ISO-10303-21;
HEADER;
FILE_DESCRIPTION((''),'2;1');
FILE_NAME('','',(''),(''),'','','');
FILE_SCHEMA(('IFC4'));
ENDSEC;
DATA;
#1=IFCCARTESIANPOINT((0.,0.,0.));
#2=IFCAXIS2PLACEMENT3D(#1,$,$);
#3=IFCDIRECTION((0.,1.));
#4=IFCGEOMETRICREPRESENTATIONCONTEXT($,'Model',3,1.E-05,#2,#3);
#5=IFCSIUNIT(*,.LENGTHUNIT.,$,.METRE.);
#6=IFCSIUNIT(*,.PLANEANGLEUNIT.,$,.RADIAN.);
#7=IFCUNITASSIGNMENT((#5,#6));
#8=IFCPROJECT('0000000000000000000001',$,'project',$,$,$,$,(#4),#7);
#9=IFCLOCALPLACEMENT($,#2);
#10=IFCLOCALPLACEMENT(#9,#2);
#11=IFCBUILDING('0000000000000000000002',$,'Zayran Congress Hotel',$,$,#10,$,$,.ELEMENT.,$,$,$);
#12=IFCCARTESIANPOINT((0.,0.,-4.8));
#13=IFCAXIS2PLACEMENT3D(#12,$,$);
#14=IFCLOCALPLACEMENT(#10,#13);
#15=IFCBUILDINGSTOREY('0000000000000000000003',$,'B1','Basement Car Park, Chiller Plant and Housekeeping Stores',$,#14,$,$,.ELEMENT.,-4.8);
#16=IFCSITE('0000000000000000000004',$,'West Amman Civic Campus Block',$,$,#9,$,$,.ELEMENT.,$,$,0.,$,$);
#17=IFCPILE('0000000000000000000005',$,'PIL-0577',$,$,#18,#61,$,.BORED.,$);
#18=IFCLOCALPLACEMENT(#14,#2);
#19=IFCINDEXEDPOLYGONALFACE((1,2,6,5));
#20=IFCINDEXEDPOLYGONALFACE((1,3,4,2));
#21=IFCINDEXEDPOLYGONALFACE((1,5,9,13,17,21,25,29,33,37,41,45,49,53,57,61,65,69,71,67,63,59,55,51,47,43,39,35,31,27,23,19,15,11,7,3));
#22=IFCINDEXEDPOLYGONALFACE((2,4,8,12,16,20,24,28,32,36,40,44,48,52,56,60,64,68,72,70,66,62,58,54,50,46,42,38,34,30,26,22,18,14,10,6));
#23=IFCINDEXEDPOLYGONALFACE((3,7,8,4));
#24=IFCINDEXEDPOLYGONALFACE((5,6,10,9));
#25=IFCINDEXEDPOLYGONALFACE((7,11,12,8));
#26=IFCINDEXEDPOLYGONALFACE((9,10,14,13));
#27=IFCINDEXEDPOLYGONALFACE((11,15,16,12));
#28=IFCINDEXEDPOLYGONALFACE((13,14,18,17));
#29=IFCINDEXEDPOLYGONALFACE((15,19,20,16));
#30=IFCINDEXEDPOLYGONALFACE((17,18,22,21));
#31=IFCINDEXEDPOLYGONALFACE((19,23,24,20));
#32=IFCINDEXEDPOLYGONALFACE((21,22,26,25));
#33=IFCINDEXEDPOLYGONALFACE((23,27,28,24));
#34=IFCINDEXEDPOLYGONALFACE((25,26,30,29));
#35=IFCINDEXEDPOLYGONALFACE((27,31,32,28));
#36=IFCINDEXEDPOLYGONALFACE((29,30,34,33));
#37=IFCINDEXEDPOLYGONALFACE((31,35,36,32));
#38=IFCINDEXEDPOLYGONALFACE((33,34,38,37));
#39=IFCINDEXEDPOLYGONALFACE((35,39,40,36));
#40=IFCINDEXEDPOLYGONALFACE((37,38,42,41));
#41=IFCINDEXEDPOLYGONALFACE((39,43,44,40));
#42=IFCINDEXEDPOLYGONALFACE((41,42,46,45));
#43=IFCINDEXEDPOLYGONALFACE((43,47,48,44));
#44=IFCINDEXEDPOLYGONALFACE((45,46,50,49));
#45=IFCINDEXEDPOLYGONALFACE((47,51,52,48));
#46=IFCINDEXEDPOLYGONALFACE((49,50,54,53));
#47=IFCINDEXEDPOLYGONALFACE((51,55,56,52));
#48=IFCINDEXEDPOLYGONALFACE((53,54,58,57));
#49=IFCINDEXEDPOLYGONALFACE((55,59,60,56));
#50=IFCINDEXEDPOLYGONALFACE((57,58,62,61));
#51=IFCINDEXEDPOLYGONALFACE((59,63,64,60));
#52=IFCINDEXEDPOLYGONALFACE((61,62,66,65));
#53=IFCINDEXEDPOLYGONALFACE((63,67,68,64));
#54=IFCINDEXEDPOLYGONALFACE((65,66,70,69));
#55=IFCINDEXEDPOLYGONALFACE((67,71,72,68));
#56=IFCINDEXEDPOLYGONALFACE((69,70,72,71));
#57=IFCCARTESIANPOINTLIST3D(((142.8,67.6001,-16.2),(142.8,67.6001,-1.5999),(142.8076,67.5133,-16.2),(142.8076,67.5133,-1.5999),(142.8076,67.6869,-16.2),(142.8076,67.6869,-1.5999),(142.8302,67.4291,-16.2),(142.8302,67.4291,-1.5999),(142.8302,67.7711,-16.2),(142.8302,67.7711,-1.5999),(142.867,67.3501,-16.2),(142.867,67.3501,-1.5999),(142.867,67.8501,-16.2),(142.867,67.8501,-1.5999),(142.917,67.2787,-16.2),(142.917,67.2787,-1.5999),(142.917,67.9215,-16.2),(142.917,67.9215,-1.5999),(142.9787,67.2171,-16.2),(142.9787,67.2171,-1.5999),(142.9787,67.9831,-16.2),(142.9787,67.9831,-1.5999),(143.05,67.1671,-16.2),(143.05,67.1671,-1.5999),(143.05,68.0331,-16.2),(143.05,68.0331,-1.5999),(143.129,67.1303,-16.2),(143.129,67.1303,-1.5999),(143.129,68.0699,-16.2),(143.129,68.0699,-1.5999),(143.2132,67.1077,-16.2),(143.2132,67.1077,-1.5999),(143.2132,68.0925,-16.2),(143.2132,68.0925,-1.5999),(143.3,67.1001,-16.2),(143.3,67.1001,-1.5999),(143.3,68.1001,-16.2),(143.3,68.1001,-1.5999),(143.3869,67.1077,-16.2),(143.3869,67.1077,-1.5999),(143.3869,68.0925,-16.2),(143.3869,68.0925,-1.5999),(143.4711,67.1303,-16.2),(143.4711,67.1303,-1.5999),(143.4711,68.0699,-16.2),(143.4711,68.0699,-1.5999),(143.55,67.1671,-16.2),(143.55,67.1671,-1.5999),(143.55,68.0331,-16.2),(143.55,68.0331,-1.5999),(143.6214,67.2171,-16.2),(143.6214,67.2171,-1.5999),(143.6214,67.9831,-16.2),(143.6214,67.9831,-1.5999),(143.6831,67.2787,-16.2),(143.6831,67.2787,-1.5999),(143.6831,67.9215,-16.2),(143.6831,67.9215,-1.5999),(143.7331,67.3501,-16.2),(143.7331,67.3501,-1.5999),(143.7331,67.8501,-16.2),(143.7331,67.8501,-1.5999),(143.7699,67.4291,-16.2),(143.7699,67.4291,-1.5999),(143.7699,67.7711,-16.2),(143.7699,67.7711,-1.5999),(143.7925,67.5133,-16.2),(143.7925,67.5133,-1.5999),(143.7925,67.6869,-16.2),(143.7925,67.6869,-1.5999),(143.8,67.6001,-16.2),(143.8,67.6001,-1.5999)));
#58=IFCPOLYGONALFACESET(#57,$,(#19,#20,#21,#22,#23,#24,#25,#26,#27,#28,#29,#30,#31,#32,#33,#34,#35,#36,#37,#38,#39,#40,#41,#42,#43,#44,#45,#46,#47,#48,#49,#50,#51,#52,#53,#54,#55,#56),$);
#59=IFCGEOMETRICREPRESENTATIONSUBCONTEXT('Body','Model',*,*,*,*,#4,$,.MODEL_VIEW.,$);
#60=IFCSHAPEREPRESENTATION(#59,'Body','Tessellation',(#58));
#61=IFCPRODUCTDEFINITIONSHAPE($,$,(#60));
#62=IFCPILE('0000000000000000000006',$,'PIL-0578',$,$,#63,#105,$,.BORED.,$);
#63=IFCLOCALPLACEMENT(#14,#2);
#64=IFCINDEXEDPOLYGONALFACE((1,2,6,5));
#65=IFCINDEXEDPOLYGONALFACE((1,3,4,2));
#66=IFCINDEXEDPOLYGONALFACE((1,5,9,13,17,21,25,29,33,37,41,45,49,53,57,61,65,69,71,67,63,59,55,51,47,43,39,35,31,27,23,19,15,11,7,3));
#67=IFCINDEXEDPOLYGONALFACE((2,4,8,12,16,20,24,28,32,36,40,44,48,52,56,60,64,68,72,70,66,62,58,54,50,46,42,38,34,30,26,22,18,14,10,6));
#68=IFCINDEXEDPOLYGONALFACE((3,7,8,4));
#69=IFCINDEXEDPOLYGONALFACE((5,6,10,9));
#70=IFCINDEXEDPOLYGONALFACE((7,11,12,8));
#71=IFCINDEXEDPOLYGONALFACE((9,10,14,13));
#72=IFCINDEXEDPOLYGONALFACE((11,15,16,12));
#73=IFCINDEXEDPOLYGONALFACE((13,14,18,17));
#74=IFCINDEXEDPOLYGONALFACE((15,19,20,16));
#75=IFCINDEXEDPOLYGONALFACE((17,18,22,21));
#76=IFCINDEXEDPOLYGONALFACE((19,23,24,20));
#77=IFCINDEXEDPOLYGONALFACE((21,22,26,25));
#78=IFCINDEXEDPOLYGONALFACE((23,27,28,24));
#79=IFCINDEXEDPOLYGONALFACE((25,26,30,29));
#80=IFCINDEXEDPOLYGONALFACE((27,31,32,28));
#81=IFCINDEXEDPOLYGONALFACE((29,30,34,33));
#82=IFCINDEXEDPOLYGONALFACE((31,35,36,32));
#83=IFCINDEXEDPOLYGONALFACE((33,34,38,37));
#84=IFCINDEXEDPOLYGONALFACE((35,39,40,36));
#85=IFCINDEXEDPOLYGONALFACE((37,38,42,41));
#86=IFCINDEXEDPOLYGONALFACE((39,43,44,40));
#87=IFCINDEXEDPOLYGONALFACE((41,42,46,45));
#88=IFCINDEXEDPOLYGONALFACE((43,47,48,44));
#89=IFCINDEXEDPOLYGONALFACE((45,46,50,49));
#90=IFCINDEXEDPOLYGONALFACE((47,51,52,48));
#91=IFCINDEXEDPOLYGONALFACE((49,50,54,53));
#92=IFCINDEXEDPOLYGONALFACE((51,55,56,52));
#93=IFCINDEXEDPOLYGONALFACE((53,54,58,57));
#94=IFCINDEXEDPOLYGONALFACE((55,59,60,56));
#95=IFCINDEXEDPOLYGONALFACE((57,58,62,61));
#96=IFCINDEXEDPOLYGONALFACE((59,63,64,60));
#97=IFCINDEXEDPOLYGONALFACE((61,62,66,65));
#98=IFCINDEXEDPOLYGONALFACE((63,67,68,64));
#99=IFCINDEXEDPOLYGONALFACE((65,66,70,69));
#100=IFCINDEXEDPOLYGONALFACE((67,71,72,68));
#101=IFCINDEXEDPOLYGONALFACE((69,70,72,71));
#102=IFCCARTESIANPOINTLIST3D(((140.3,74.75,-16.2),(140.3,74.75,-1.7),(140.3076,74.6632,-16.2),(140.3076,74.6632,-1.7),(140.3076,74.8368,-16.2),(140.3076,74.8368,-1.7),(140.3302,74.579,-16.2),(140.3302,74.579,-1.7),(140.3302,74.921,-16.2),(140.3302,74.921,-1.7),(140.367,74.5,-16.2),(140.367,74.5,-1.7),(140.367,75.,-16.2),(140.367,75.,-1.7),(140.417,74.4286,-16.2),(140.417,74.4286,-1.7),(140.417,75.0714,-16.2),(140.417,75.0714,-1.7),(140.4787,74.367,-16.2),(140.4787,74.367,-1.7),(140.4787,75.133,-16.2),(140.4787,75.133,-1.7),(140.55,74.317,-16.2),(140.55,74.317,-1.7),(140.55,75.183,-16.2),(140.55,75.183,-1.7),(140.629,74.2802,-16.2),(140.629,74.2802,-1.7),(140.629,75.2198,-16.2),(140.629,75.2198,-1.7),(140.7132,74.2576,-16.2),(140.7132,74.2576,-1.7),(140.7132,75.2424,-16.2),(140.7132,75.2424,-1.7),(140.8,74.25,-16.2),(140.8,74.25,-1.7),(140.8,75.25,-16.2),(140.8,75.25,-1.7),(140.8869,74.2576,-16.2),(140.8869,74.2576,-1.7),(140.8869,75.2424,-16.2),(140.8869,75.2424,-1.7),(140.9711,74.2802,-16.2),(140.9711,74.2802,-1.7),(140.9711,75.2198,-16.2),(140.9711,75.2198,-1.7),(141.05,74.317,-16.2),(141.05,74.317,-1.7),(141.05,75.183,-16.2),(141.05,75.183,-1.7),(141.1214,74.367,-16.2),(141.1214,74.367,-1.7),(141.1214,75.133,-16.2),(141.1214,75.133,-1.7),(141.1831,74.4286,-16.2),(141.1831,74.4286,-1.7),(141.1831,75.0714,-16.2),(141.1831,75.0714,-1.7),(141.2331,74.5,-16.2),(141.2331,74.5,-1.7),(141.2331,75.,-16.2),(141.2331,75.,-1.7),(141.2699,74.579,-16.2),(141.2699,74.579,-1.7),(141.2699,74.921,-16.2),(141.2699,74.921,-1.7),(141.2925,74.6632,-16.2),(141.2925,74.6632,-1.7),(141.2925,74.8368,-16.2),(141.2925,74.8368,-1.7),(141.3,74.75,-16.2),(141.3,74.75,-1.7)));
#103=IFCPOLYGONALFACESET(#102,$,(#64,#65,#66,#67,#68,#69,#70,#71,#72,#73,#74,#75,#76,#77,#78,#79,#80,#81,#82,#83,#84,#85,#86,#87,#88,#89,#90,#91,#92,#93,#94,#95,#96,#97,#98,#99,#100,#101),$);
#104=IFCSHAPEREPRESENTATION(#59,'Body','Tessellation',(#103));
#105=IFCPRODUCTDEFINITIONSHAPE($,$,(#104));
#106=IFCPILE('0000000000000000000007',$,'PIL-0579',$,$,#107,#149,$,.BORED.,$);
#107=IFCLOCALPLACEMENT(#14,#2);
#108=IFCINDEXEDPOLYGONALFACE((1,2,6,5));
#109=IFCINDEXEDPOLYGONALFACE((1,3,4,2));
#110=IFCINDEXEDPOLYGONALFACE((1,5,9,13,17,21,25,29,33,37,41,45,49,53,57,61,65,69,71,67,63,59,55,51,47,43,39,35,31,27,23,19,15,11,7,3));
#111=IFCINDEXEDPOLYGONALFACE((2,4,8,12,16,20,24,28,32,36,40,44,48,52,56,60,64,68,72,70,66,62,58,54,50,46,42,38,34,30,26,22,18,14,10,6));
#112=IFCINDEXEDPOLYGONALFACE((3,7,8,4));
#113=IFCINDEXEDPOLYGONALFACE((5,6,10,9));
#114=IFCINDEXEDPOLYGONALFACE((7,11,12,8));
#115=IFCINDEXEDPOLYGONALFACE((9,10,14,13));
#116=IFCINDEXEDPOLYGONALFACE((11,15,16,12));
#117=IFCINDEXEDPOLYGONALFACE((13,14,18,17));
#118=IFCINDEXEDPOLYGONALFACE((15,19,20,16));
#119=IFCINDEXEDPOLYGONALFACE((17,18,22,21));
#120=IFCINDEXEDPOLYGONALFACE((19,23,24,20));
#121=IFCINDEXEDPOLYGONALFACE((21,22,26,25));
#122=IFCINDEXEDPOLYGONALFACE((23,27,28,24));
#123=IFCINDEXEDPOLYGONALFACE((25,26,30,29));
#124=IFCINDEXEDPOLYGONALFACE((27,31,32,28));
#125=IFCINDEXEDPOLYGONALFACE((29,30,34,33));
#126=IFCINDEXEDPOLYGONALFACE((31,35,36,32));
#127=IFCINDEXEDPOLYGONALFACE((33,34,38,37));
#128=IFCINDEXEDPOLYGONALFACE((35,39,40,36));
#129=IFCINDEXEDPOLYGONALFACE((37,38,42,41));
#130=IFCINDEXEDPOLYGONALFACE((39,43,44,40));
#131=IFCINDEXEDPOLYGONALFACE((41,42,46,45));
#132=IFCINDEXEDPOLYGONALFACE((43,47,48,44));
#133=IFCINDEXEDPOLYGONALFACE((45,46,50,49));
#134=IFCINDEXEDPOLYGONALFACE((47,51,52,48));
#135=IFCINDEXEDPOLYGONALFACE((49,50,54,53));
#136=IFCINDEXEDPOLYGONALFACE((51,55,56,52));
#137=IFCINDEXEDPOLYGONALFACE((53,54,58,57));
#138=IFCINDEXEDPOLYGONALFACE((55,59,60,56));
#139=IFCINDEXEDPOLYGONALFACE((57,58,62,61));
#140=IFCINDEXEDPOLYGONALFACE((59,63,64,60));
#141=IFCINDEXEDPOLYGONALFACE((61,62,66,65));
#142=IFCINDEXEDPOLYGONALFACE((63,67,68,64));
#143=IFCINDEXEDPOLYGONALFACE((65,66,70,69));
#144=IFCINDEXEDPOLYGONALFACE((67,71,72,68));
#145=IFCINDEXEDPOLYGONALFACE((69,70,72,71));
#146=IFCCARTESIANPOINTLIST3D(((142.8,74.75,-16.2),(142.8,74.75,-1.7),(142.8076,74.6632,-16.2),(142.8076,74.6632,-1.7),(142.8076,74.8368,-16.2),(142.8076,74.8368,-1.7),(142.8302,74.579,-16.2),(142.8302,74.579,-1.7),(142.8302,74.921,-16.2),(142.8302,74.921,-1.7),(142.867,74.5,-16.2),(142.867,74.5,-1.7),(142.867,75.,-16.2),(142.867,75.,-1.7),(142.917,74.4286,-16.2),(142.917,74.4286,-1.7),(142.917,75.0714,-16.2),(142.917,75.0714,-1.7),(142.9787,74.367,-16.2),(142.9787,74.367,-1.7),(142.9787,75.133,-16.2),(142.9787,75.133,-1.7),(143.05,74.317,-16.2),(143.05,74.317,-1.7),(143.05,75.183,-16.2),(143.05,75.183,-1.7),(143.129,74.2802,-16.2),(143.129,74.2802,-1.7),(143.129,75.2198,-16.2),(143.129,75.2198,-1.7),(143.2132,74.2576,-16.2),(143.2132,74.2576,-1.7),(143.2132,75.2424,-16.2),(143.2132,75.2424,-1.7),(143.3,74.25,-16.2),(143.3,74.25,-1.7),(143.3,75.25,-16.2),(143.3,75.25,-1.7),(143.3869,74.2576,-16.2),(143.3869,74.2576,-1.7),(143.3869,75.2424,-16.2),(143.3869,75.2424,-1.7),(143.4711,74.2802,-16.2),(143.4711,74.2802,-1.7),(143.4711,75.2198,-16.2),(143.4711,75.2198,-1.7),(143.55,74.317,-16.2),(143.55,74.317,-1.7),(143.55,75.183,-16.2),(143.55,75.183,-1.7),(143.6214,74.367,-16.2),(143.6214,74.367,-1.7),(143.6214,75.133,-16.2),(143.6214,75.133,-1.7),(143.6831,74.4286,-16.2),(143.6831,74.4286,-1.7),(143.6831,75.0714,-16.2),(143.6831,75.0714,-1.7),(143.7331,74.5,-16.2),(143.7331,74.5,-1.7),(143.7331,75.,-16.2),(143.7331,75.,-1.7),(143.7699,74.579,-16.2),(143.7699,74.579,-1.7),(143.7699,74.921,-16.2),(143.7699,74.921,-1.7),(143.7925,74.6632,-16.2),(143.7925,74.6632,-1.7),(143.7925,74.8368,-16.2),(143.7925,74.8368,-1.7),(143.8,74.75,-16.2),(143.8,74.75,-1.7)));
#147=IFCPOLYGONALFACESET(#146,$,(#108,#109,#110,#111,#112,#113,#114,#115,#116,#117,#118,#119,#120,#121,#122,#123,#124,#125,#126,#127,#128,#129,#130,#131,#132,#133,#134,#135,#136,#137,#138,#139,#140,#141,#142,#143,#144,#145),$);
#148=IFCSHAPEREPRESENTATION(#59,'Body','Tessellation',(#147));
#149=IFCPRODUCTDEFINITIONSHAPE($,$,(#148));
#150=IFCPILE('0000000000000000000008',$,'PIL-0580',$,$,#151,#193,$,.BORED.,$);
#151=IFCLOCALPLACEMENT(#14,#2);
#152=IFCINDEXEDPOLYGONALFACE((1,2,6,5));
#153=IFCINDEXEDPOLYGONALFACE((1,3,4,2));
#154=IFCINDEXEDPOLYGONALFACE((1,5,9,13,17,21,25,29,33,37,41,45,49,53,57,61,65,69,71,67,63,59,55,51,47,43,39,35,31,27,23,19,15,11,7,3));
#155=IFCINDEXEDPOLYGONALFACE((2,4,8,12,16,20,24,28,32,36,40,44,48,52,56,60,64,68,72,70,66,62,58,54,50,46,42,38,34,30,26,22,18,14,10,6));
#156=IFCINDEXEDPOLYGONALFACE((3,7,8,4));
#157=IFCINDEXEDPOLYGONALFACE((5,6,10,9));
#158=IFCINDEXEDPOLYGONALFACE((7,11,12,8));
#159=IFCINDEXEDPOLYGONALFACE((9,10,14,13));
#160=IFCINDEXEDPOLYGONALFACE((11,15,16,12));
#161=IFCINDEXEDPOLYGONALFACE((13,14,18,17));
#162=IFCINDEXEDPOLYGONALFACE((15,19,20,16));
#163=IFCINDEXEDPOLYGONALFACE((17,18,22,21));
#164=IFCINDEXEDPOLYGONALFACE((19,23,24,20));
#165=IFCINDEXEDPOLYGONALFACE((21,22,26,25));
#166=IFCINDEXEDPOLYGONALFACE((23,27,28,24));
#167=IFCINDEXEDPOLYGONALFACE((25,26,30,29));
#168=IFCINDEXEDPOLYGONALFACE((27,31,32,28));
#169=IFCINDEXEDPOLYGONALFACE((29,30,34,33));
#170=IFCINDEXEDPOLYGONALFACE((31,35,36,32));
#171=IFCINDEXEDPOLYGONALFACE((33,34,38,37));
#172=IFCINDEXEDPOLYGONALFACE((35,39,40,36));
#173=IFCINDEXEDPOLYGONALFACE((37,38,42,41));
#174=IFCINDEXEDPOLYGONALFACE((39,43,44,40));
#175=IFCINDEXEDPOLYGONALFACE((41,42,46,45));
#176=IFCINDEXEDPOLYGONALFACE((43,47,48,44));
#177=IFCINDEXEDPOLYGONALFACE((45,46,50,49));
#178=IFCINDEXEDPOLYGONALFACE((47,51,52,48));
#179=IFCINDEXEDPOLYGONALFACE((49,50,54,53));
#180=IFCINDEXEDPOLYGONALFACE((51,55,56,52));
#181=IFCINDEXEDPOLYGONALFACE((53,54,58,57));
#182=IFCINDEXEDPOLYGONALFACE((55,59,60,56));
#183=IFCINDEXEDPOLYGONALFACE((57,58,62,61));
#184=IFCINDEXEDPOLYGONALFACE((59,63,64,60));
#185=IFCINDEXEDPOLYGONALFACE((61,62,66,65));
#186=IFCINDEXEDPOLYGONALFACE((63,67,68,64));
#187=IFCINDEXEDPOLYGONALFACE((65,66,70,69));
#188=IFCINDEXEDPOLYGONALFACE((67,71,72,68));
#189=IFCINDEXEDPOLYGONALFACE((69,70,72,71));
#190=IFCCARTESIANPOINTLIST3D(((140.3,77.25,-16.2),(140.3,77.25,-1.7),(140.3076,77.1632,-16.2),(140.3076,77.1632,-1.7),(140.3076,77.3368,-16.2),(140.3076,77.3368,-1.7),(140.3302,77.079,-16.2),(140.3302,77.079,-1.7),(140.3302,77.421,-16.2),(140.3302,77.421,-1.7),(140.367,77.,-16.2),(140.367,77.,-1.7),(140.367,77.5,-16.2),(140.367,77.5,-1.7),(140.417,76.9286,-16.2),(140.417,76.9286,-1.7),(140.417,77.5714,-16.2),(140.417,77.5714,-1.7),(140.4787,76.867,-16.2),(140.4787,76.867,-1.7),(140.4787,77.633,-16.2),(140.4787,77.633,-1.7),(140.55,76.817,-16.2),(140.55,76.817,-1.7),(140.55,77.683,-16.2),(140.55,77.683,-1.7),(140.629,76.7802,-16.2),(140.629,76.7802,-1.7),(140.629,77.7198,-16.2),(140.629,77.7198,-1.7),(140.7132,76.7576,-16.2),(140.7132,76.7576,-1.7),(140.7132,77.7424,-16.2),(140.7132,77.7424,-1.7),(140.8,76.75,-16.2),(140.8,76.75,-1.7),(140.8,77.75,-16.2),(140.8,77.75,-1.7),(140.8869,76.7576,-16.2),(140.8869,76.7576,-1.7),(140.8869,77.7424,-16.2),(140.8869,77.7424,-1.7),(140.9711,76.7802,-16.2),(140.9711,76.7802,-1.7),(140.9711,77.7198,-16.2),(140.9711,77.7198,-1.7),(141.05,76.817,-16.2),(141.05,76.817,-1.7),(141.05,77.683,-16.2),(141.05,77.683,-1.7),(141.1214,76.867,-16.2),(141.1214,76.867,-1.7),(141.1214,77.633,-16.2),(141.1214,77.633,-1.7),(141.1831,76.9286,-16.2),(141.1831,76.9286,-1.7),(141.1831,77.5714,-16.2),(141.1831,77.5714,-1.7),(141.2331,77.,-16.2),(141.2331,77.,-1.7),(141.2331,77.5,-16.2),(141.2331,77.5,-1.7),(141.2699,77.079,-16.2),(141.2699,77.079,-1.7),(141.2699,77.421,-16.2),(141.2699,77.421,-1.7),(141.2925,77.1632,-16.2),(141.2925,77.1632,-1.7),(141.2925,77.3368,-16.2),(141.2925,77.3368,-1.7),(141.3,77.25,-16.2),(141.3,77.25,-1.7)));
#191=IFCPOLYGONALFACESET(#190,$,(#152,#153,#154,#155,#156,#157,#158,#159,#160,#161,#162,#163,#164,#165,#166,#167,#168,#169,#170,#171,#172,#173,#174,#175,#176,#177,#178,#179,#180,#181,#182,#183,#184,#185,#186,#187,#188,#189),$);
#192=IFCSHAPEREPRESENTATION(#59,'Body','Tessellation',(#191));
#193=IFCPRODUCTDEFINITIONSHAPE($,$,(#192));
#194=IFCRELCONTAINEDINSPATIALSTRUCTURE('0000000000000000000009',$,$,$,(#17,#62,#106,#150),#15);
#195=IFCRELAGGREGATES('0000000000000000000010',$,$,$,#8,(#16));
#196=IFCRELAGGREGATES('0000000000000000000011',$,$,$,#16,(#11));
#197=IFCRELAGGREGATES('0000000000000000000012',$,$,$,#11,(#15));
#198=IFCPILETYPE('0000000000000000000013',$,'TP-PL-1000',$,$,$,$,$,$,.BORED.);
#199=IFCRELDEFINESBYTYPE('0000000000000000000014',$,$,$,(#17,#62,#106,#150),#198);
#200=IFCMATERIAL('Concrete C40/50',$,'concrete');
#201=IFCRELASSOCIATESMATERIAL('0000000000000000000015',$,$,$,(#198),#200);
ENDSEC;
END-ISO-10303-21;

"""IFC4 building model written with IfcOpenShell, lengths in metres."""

from ifc_helpers import new_model, si_unit, direction, frame, origin, origin_2d, place, context, subcontext, project, spatial, circle, extrude, material, material_profile, profile_set, type_object, element, save


model = new_model("IFC4")

# Units and contexts
model_context = context("Model", 3, precision=1e-05, world=origin(), true_north=direction((0.0, 1.0)))
body_context = subcontext(model_context, "Body", "Model", "MODEL_VIEW")
ifc_project = project(units=[si_unit("LENGTHUNIT", "METRE"), si_unit("PLANEANGLEUNIT", "RADIAN")], contexts=[model_context])

# Site, building, storey
site_placement = place(None, origin())
site = spatial("IfcSite", under=ifc_project, at=site_placement, Name="West Amman Civic Campus Block", CompositionType="ELEMENT", RefElevation=0.0)
building_placement = place(site_placement, origin())
building = spatial("IfcBuilding", under=site, at=building_placement, Name="Zayran Congress Hotel", CompositionType="ELEMENT")
storey_placement = place(building_placement, frame((0.0, 0.0, -4.8)))
storey = spatial("IfcBuildingStorey", under=building, at=storey_placement, Name="B1", Description="Basement Car Park, Chiller Plant and Housekeeping Stores", CompositionType="ELEMENT", Elevation=-4.8)

# Piles
ifc_material_1 = material(Name="Concrete C40/50", Category="concrete")
ifc_material_profile_1 = material_profile(ifc_material_1, circle(Radius=0.5, at=origin_2d()), Name="PILE D1000")
ifc_profile_set_1 = profile_set([ifc_material_profile_1], Name="Concrete C40/50")
pile_type = type_object("IfcPileType", Name="TP-PL-1000", PredefinedType="BORED", material=ifc_profile_set_1)
pile_placement = place(storey_placement, frame((143.3, 67.6001, -1.5999), z_axis=(0.0, 0.0, -1.0), x_axis=(1.0, 0.0, 0.0)))
element("IfcPile", 1, at=pile_placement, inside=storey, type_object=pile_type, Name="PIL-0577", PredefinedType="BORED", context=body_context, shape_type="SweptSolid", body=[
    extrude(circle(Radius=0.5, at=origin_2d()), origin(), (0.0, 0.0, 1.0), 14.6001),
])
for number, where, z_axis, x_axis, name in (
    (2, (140.8, 74.75, -1.7), (0.0, 0.0, -1.0), (1.0, 0.0, 0.0), "PIL-0578"),
    (3, (143.3, 74.75, -1.7), (0.0, 0.0, -1.0), (1.0, 0.0, 0.0), "PIL-0579"),
    (4, (140.8, 77.25, -1.7), (0.0, 0.0, -1.0), (1.0, 0.0, 0.0), "PIL-0580"),
):
    element("IfcPile", number, at=place(storey_placement, frame(where, z_axis=z_axis, x_axis=x_axis)), inside=storey, type_object=pile_type, Name=name, PredefinedType="BORED", context=body_context, shape_type="SweptSolid", body=[
        extrude(circle(Radius=0.5, at=origin_2d()), origin(), (0.0, 0.0, 1.0), 14.5),
    ])

save(model, "model.ifc")
